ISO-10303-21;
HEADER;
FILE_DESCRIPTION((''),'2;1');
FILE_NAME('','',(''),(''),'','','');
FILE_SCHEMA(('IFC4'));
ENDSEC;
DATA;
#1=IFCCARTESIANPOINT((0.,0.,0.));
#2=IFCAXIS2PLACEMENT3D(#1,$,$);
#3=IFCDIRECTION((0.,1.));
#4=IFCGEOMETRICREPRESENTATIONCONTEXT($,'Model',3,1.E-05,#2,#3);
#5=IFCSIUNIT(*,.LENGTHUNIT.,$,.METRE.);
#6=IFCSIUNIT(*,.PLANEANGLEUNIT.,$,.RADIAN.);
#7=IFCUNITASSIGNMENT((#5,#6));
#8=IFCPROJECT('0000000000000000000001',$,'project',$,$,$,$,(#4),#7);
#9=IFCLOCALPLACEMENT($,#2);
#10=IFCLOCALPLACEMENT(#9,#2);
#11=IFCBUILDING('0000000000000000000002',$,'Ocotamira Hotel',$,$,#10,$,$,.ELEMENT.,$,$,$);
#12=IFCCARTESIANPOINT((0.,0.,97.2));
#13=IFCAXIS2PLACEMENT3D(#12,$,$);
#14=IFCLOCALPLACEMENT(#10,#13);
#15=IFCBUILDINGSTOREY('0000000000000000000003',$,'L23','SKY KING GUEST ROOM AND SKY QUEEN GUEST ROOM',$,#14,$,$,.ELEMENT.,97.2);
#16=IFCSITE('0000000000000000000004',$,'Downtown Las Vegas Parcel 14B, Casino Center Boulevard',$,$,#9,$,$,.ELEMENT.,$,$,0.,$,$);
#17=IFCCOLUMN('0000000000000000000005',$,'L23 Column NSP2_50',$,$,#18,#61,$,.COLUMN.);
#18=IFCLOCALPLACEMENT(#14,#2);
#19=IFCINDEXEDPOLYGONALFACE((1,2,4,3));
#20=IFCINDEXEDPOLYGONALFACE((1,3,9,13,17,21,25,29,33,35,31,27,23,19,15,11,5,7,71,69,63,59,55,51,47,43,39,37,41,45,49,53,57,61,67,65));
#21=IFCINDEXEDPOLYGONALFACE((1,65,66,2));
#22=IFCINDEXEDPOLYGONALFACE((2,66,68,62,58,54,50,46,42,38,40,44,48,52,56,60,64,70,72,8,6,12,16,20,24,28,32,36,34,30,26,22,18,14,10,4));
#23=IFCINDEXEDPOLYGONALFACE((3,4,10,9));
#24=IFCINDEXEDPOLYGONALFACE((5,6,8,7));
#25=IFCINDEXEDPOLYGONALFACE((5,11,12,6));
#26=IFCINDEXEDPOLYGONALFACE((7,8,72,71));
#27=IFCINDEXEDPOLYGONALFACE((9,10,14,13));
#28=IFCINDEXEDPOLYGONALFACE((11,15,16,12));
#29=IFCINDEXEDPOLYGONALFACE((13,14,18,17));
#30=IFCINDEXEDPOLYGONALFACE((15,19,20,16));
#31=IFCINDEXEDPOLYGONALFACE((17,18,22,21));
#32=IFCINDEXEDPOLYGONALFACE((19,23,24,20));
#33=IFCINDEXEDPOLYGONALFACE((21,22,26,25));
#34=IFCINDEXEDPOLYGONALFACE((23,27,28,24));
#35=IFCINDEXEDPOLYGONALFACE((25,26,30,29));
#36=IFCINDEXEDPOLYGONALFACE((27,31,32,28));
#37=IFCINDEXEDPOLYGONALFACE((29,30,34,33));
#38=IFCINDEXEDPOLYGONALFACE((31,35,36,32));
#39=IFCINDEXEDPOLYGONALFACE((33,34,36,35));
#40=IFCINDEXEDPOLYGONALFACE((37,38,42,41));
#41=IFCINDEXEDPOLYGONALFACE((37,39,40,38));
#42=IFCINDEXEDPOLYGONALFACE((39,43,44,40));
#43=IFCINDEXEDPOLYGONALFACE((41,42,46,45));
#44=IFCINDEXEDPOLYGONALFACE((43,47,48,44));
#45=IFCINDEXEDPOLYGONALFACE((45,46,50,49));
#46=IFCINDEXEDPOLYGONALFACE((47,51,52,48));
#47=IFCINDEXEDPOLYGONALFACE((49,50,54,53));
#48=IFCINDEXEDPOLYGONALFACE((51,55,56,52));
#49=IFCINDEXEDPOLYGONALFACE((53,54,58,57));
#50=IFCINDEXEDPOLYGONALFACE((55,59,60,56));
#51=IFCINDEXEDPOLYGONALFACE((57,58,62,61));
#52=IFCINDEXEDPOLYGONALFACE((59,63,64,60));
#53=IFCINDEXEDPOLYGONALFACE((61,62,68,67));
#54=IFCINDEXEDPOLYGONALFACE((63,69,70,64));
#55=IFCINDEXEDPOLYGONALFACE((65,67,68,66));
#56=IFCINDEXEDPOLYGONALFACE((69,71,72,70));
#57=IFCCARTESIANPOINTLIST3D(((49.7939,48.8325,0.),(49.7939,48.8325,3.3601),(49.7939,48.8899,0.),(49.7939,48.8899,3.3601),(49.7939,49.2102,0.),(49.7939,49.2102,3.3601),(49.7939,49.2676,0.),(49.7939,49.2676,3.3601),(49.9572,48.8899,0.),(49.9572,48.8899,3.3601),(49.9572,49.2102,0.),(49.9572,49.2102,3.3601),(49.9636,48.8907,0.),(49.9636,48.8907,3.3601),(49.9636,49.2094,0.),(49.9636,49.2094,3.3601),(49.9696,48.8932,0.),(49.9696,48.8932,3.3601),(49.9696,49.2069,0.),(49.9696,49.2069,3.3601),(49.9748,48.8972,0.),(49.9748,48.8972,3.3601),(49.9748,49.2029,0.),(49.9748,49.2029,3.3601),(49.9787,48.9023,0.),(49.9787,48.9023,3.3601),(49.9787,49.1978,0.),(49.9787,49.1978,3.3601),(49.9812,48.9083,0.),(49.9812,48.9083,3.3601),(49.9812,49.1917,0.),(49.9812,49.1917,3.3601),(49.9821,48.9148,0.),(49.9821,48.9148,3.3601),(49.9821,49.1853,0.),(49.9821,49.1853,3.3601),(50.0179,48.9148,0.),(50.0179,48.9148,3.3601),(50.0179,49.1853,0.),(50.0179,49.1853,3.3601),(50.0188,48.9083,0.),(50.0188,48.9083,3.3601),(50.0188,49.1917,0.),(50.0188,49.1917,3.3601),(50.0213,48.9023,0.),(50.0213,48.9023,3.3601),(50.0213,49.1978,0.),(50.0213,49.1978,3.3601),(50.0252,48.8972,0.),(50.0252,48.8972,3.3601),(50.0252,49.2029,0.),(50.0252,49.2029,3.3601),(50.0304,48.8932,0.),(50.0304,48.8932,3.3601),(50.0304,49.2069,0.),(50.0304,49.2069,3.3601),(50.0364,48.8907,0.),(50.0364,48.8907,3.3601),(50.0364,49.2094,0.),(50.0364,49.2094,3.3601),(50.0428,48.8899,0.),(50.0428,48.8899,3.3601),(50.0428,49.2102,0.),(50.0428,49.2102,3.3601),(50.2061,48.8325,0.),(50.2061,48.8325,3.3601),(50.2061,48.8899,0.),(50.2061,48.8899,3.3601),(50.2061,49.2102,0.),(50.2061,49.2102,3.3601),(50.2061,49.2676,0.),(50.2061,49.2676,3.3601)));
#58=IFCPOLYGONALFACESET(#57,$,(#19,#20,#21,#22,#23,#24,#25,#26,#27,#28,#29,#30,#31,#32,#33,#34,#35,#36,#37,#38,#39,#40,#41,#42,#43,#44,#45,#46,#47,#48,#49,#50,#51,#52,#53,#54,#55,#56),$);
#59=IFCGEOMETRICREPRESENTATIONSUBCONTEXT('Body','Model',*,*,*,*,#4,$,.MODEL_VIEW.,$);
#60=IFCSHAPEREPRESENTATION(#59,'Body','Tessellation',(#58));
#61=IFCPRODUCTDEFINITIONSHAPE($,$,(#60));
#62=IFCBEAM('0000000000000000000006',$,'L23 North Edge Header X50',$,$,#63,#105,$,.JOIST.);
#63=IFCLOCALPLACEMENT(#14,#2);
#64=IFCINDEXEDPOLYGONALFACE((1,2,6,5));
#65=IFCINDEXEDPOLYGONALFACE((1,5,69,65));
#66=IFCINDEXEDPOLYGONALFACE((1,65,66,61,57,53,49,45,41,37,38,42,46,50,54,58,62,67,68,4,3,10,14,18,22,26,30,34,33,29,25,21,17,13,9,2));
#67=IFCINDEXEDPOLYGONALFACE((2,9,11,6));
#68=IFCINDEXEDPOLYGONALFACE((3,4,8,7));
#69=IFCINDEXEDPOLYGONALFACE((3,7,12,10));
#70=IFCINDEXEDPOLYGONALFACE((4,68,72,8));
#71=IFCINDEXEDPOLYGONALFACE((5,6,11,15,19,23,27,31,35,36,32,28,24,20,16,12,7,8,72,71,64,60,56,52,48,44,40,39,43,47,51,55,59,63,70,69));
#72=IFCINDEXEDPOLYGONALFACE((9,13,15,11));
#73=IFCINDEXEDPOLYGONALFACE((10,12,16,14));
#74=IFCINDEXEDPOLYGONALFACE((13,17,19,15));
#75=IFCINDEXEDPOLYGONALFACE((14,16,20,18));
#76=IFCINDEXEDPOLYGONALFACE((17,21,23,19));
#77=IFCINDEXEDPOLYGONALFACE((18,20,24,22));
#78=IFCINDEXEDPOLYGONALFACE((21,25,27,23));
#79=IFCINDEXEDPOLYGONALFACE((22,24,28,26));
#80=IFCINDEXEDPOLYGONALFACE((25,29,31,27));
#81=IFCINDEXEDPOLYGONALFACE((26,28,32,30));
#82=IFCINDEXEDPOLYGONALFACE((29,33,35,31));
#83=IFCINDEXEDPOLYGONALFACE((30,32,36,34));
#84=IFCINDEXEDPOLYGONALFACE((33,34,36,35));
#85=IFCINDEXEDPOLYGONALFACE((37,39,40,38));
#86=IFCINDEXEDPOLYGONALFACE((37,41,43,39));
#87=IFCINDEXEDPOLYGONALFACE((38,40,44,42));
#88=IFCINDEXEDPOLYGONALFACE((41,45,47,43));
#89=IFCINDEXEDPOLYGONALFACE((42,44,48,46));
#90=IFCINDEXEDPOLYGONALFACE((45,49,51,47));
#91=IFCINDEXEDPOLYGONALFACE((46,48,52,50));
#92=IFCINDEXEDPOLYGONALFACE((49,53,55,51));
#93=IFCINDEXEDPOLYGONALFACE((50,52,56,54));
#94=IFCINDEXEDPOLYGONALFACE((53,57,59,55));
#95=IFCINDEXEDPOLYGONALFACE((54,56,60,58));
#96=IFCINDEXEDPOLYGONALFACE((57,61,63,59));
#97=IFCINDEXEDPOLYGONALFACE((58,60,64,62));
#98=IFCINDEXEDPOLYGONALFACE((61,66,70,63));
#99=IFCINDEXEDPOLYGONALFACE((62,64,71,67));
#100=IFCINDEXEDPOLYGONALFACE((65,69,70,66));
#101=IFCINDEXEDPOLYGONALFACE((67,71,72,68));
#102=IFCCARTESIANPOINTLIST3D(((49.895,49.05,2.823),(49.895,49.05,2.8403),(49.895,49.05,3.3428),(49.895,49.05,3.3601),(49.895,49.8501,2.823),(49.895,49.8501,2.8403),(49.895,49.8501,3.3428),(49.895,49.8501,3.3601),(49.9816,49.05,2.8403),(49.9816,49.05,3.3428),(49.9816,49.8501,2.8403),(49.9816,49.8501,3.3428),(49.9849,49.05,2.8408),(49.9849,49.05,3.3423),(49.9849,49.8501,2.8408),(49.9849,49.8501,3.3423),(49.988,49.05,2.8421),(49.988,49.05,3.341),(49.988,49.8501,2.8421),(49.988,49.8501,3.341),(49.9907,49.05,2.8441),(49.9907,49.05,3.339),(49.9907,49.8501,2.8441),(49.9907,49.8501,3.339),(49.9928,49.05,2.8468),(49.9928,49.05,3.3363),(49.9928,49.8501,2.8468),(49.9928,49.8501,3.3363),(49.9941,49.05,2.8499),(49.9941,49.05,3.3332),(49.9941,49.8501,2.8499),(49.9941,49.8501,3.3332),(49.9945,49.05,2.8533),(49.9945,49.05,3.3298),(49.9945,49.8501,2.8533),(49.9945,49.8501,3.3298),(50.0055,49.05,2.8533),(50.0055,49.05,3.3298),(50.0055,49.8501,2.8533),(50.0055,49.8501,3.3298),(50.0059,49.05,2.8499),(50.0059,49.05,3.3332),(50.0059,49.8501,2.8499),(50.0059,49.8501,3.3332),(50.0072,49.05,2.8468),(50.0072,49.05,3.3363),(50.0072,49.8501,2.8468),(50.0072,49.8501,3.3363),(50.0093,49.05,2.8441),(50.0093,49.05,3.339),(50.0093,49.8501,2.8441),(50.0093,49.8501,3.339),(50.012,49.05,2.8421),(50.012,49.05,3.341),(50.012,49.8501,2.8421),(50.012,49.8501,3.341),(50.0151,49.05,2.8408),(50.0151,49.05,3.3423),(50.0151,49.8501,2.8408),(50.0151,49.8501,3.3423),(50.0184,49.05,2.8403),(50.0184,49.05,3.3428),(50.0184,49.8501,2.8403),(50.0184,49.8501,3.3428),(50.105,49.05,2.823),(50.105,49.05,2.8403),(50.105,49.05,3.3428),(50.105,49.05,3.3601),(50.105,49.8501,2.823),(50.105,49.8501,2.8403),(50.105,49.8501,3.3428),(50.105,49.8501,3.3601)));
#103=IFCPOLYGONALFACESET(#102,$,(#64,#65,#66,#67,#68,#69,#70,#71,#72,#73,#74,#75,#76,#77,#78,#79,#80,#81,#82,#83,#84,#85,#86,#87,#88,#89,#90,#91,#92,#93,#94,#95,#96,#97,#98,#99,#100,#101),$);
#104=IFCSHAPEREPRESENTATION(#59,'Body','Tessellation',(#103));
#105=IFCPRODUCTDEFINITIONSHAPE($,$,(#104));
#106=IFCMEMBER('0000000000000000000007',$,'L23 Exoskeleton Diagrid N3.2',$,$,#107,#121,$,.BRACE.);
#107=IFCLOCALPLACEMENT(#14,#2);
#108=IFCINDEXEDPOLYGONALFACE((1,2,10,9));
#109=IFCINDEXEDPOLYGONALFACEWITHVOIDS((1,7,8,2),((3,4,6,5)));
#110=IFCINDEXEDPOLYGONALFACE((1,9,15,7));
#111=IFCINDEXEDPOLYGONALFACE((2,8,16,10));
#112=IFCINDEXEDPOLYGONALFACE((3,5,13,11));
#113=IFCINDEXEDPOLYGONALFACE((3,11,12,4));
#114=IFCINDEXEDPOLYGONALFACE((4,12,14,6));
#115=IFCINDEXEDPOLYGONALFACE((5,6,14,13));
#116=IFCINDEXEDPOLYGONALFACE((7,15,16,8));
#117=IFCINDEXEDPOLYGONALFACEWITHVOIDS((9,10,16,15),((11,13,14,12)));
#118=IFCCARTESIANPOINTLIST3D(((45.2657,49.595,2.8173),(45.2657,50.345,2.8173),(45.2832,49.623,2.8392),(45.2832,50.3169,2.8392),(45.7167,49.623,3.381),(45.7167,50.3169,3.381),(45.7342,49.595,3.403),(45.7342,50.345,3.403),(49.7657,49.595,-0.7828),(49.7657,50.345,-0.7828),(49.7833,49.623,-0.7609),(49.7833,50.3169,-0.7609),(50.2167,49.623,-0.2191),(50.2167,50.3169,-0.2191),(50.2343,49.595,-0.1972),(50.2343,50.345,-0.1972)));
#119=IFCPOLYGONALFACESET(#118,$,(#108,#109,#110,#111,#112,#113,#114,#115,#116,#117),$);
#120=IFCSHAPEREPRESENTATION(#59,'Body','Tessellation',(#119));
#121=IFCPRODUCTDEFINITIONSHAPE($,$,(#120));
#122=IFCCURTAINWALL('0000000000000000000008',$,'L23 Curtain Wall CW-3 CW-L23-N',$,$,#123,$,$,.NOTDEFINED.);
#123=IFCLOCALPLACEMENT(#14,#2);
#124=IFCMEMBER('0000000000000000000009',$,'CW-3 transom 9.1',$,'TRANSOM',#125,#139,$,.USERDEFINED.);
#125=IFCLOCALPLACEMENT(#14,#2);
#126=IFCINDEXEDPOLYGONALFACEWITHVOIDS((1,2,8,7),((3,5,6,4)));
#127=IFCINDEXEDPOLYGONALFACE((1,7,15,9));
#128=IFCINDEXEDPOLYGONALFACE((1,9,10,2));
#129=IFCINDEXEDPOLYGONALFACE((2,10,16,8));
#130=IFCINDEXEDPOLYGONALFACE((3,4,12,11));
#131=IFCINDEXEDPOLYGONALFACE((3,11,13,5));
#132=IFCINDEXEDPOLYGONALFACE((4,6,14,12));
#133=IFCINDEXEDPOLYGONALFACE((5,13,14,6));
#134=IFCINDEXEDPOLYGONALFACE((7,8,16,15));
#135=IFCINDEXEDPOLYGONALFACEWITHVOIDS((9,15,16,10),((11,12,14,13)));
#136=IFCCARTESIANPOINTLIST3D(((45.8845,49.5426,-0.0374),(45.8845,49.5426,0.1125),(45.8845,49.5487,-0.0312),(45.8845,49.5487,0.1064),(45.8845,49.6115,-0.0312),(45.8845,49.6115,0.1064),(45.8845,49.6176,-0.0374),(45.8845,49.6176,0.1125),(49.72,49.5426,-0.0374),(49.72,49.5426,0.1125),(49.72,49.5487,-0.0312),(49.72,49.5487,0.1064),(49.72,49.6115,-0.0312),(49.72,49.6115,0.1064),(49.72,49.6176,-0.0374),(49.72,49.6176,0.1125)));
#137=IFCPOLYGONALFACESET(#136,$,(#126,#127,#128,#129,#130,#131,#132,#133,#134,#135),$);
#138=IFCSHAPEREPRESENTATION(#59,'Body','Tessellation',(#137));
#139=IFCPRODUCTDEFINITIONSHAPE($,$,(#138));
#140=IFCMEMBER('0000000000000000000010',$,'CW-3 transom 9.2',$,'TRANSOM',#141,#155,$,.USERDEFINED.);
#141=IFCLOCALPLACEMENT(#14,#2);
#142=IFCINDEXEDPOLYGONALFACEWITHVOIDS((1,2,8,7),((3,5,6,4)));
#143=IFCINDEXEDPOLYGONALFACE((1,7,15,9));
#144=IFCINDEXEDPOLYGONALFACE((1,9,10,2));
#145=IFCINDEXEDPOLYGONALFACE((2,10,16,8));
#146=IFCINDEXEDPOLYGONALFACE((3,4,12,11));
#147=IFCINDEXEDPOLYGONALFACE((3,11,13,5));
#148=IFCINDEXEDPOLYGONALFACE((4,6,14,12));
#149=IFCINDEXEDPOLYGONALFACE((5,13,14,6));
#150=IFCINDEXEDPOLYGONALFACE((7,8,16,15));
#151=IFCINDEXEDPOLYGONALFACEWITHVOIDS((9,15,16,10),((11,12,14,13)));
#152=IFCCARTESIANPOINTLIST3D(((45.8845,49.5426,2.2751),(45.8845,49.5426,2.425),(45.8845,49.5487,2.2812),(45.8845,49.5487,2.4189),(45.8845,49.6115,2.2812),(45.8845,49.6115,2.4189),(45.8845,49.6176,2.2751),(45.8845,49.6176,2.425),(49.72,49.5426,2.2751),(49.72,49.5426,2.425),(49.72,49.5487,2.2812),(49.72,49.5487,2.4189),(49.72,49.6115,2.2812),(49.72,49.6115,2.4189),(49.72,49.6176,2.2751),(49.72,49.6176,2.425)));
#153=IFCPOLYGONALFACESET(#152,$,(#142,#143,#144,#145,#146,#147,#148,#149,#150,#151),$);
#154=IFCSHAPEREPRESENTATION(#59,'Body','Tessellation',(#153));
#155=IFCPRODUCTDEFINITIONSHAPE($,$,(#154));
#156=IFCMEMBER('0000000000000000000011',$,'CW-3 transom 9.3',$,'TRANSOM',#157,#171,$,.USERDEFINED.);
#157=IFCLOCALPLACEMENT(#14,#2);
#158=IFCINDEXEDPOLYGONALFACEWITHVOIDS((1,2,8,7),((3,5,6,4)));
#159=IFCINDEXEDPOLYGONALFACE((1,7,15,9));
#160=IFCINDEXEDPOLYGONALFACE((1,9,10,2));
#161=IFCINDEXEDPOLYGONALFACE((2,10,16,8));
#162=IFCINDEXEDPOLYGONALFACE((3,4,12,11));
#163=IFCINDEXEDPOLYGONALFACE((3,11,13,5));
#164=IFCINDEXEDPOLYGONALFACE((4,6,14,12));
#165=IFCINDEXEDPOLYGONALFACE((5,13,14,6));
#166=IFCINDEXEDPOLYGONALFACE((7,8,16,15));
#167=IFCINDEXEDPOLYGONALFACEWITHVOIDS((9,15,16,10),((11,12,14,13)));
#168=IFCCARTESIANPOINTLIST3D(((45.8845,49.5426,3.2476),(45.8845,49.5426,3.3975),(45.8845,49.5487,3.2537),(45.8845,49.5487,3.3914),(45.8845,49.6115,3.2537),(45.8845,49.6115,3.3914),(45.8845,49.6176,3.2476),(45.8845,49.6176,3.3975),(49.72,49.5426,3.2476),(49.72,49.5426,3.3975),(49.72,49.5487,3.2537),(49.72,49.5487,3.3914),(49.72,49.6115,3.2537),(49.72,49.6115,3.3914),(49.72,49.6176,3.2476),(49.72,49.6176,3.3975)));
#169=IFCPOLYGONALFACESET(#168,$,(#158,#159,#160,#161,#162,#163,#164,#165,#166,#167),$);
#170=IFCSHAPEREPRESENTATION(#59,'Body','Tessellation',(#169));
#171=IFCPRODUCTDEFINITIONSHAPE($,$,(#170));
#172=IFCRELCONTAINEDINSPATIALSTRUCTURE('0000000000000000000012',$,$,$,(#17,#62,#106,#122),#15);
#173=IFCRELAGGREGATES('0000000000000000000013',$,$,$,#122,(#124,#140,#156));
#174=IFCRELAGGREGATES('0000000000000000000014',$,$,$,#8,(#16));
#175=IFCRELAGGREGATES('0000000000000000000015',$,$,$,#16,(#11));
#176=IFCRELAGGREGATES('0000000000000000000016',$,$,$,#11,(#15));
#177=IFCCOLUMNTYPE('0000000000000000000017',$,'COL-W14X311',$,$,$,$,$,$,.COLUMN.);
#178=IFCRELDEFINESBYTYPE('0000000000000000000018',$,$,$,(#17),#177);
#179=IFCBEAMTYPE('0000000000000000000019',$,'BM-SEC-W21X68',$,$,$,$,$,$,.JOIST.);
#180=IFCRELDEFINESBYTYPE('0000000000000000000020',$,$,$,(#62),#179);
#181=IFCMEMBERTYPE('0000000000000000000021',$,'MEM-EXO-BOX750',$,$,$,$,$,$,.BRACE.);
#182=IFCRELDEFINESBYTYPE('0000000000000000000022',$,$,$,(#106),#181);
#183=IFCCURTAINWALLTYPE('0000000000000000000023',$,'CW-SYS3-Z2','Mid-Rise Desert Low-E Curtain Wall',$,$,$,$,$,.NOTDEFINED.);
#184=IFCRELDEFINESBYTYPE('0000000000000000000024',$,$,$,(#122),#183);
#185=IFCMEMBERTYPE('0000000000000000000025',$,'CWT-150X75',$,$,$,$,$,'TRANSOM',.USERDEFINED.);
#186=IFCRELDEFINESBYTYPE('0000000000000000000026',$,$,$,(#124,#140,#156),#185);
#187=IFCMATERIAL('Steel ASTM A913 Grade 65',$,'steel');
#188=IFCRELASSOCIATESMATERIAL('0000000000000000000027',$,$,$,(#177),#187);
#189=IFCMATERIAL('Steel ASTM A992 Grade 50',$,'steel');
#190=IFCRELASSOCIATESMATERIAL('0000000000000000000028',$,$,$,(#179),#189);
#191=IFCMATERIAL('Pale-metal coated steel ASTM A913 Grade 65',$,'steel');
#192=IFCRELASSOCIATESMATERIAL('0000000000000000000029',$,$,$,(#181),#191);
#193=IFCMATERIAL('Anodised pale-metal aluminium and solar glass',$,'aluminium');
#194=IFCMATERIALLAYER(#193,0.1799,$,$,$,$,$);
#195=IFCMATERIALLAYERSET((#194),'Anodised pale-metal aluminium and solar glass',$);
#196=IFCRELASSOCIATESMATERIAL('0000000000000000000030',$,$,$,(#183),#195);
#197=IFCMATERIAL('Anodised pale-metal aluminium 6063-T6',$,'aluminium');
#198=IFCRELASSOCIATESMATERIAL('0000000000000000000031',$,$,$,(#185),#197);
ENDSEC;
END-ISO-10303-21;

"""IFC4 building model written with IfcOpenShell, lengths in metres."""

from ifc_helpers import new_model, si_unit, direction, frame, origin, origin_2d, place, context, subcontext, project, spatial, hollow_rectangle, i_section, extrude, source, transform, mapped, material, layer, layer_set, material_profile, profile_set, type_object, element, aggregate, save


model = new_model("IFC4")

# Units and contexts
model_context = context("Model", 3, precision=1e-05, world=origin(), true_north=direction((0.0, 1.0)))
body_context = subcontext(model_context, "Body", "Model", "MODEL_VIEW")
ifc_project = project(units=[si_unit("LENGTHUNIT", "METRE"), si_unit("PLANEANGLEUNIT", "RADIAN")], contexts=[model_context])

# Site, building, storey
site_placement = place(None, origin())
site = spatial("IfcSite", under=ifc_project, at=site_placement, Name="Downtown Las Vegas Parcel 14B, Casino Center Boulevard", CompositionType="ELEMENT", RefElevation=0.0)
building_placement = place(site_placement, origin())
building = spatial("IfcBuilding", under=site, at=building_placement, Name="Ocotamira Hotel", CompositionType="ELEMENT")
storey_placement = place(building_placement, frame((0.0, 0.0, 97.2)))
storey = spatial("IfcBuildingStorey", under=building, at=storey_placement, Name="L23", Description="SKY KING GUEST ROOM AND SKY QUEEN GUEST ROOM", CompositionType="ELEMENT", Elevation=97.2)

# Column
ifc_material_1 = material(Name="Steel ASTM A913 Grade 65", Category="steel")
ifc_material_profile_1 = material_profile(ifc_material_1, i_section(OverallWidth=0.4121, OverallDepth=0.4351, WebThickness=0.0359, FlangeThickness=0.0574, FilletRadius=0.0249, at=origin_2d()), Name="W14X311")
ifc_profile_set_1 = profile_set([ifc_material_profile_1], Name="Steel ASTM A913 Grade 65")
column_type = type_object("IfcColumnType", Name="COL-W14X311", PredefinedType="COLUMN", material=ifc_profile_set_1)
shared_shape_1 = source(origin(), body_context, "Body", "SweptSolid", [
    extrude(i_section(OverallWidth=0.4121, OverallDepth=0.4351, WebThickness=0.0359, FlangeThickness=0.0574, FilletRadius=0.0249, at=origin_2d()), origin(), (0.0, 0.0, 1.0), 3.3601),
])
column_placement = place(storey_placement, frame((50.0, 49.05, 0.0), z_axis=(0.0, 0.0, 1.0), x_axis=(1.0, 0.0, 0.0)))
element("IfcColumn", 1, at=column_placement, inside=storey, type_object=column_type, Name="L23 Column NSP2_50", PredefinedType="COLUMN", context=body_context, shape_type="MappedRepresentation", body=[
    mapped(shared_shape_1, transform((0.0, 0.0, 0.0), scale=1.0)),
])

# Beam
ifc_material_2 = material(Name="Steel ASTM A992 Grade 50", Category="steel")
ifc_material_profile_2 = material_profile(ifc_material_2, i_section(OverallWidth=0.21, OverallDepth=0.5371, WebThickness=0.011, FlangeThickness=0.0173, FilletRadius=0.0129, at=origin_2d()), Name="W21X68")
ifc_profile_set_2 = profile_set([ifc_material_profile_2], Name="Steel ASTM A992 Grade 50")
beam_type = type_object("IfcBeamType", Name="BM-SEC-W21X68", PredefinedType="JOIST", material=ifc_profile_set_2)
shared_shape_2 = source(origin(), body_context, "Body", "SweptSolid", [
    extrude(i_section(OverallWidth=0.21, OverallDepth=0.5371, WebThickness=0.011, FlangeThickness=0.0173, FilletRadius=0.0129, at=origin_2d()), origin(), (0.0, 0.0, 1.0), 0.8),
])
beam_placement = place(storey_placement, frame((50.0, 49.05, 3.0916), z_axis=(0.0, 1.0, 0.0), x_axis=(-1.0, 0.0, 0.0)))
element("IfcBeam", 2, at=beam_placement, inside=storey, type_object=beam_type, Name="L23 North Edge Header X50", PredefinedType="JOIST", context=body_context, shape_type="MappedRepresentation", body=[
    mapped(shared_shape_2, transform((0.0, 0.0, 0.0), scale=1.0)),
])

# Member
ifc_material_3 = material(Name="Pale-metal coated steel ASTM A913 Grade 65", Category="steel")
ifc_material_profile_3 = material_profile(ifc_material_3, hollow_rectangle(XDim=0.75, YDim=0.75, WallThickness=0.0281, at=origin_2d()), Name="BOX750X750X28")
ifc_profile_set_3 = profile_set([ifc_material_profile_3], Name="Pale-metal coated steel ASTM A913 Grade 65")
member_type_1 = type_object("IfcMemberType", Name="MEM-EXO-BOX750", PredefinedType="BRACE", material=ifc_profile_set_3)
shared_shape_3 = source(origin(), body_context, "Body", "SweptSolid", [
    extrude(hollow_rectangle(XDim=0.75, YDim=0.75, WallThickness=0.0281, at=origin_2d()), origin(), (0.0, 0.0, 1.0), 5.7629),
])
member_1_placement = place(storey_placement, frame((50.0, 49.97, -0.49), z_axis=(-0.780861, 0.0, 0.624705), x_axis=(0.0, -1.0, 0.0)))
element("IfcMember", 3, at=member_1_placement, inside=storey, type_object=member_type_1, Name="L23 Exoskeleton Diagrid N3.2", PredefinedType="BRACE", context=body_context, shape_type="MappedRepresentation", body=[
    mapped(shared_shape_3, transform((0.0, 0.0, 0.0), scale=1.0)),
])

# Curtain wall, members
ifc_material_4 = material(Name="Anodised pale-metal aluminium and solar glass", Category="aluminium")
ifc_layer_1 = layer(ifc_material_4, 0.1799)
ifc_layer_set_1 = layer_set([ifc_layer_1], Name="Anodised pale-metal aluminium and solar glass")
curtain_wall_type = type_object("IfcCurtainWallType", Name="CW-SYS3-Z2", Description="Mid-Rise Desert Low-E Curtain Wall", PredefinedType="NOTDEFINED", material=ifc_layer_set_1)
curtain_wall_placement = place(storey_placement, origin())
curtain_wall = element("IfcCurtainWall", 4, at=curtain_wall_placement, inside=storey, type_object=curtain_wall_type, Name="L23 Curtain Wall CW-3 CW-L23-N", PredefinedType="NOTDEFINED")
ifc_material_5 = material(Name="Anodised pale-metal aluminium 6063-T6", Category="aluminium")
ifc_material_profile_4 = material_profile(ifc_material_5, hollow_rectangle(XDim=0.075, YDim=0.1499, WallThickness=0.0061, at=origin_2d()), Name="HSS150X75X6")
ifc_profile_set_4 = profile_set([ifc_material_profile_4], Name="Anodised pale-metal aluminium 6063-T6")
member_type_2 = type_object("IfcMemberType", Name="CWT-150X75", ElementType="TRANSOM", PredefinedType="USERDEFINED", material=ifc_profile_set_4)
shared_shape_4 = source(origin(), body_context, "Body", "SweptSolid", [
    extrude(hollow_rectangle(XDim=0.075, YDim=0.1499, WallThickness=0.0061, at=origin_2d()), origin(), (0.0, 0.0, 1.0), 3.8354),
])
member_2_placement = place(storey_placement, frame((45.8845, 49.5801, 0.0376), z_axis=(1.0, 0.0, 0.0), x_axis=(0.0, 1.0, 0.0)))
member_2 = element("IfcMember", 5, at=member_2_placement, type_object=member_type_2, Name="CW-3 transom 9.1", ObjectType="TRANSOM", PredefinedType="USERDEFINED", context=body_context, shape_type="MappedRepresentation", body=[
    mapped(shared_shape_4, transform((0.0, 0.0, 0.0), scale=1.0)),
])
member_3_placement = place(storey_placement, frame((45.8845, 49.5801, 2.3501), z_axis=(1.0, 0.0, 0.0), x_axis=(0.0, 1.0, 0.0)))
member_3 = element("IfcMember", 6, at=member_3_placement, type_object=member_type_2, Name="CW-3 transom 9.2", ObjectType="TRANSOM", PredefinedType="USERDEFINED", context=body_context, shape_type="MappedRepresentation", body=[
    mapped(shared_shape_4, transform((0.0, 0.0, 0.0), scale=1.0)),
])
member_4_placement = place(storey_placement, frame((45.8845, 49.5801, 3.3225), z_axis=(1.0, 0.0, 0.0), x_axis=(0.0, 1.0, 0.0)))
member_4 = element("IfcMember", 7, at=member_4_placement, type_object=member_type_2, Name="CW-3 transom 9.3", ObjectType="TRANSOM", PredefinedType="USERDEFINED", context=body_context, shape_type="MappedRepresentation", body=[
    mapped(shared_shape_4, transform((0.0, 0.0, 0.0), scale=1.0)),
])

aggregate(curtain_wall, [member_2, member_3, member_4])

save(model, "model.ifc")
